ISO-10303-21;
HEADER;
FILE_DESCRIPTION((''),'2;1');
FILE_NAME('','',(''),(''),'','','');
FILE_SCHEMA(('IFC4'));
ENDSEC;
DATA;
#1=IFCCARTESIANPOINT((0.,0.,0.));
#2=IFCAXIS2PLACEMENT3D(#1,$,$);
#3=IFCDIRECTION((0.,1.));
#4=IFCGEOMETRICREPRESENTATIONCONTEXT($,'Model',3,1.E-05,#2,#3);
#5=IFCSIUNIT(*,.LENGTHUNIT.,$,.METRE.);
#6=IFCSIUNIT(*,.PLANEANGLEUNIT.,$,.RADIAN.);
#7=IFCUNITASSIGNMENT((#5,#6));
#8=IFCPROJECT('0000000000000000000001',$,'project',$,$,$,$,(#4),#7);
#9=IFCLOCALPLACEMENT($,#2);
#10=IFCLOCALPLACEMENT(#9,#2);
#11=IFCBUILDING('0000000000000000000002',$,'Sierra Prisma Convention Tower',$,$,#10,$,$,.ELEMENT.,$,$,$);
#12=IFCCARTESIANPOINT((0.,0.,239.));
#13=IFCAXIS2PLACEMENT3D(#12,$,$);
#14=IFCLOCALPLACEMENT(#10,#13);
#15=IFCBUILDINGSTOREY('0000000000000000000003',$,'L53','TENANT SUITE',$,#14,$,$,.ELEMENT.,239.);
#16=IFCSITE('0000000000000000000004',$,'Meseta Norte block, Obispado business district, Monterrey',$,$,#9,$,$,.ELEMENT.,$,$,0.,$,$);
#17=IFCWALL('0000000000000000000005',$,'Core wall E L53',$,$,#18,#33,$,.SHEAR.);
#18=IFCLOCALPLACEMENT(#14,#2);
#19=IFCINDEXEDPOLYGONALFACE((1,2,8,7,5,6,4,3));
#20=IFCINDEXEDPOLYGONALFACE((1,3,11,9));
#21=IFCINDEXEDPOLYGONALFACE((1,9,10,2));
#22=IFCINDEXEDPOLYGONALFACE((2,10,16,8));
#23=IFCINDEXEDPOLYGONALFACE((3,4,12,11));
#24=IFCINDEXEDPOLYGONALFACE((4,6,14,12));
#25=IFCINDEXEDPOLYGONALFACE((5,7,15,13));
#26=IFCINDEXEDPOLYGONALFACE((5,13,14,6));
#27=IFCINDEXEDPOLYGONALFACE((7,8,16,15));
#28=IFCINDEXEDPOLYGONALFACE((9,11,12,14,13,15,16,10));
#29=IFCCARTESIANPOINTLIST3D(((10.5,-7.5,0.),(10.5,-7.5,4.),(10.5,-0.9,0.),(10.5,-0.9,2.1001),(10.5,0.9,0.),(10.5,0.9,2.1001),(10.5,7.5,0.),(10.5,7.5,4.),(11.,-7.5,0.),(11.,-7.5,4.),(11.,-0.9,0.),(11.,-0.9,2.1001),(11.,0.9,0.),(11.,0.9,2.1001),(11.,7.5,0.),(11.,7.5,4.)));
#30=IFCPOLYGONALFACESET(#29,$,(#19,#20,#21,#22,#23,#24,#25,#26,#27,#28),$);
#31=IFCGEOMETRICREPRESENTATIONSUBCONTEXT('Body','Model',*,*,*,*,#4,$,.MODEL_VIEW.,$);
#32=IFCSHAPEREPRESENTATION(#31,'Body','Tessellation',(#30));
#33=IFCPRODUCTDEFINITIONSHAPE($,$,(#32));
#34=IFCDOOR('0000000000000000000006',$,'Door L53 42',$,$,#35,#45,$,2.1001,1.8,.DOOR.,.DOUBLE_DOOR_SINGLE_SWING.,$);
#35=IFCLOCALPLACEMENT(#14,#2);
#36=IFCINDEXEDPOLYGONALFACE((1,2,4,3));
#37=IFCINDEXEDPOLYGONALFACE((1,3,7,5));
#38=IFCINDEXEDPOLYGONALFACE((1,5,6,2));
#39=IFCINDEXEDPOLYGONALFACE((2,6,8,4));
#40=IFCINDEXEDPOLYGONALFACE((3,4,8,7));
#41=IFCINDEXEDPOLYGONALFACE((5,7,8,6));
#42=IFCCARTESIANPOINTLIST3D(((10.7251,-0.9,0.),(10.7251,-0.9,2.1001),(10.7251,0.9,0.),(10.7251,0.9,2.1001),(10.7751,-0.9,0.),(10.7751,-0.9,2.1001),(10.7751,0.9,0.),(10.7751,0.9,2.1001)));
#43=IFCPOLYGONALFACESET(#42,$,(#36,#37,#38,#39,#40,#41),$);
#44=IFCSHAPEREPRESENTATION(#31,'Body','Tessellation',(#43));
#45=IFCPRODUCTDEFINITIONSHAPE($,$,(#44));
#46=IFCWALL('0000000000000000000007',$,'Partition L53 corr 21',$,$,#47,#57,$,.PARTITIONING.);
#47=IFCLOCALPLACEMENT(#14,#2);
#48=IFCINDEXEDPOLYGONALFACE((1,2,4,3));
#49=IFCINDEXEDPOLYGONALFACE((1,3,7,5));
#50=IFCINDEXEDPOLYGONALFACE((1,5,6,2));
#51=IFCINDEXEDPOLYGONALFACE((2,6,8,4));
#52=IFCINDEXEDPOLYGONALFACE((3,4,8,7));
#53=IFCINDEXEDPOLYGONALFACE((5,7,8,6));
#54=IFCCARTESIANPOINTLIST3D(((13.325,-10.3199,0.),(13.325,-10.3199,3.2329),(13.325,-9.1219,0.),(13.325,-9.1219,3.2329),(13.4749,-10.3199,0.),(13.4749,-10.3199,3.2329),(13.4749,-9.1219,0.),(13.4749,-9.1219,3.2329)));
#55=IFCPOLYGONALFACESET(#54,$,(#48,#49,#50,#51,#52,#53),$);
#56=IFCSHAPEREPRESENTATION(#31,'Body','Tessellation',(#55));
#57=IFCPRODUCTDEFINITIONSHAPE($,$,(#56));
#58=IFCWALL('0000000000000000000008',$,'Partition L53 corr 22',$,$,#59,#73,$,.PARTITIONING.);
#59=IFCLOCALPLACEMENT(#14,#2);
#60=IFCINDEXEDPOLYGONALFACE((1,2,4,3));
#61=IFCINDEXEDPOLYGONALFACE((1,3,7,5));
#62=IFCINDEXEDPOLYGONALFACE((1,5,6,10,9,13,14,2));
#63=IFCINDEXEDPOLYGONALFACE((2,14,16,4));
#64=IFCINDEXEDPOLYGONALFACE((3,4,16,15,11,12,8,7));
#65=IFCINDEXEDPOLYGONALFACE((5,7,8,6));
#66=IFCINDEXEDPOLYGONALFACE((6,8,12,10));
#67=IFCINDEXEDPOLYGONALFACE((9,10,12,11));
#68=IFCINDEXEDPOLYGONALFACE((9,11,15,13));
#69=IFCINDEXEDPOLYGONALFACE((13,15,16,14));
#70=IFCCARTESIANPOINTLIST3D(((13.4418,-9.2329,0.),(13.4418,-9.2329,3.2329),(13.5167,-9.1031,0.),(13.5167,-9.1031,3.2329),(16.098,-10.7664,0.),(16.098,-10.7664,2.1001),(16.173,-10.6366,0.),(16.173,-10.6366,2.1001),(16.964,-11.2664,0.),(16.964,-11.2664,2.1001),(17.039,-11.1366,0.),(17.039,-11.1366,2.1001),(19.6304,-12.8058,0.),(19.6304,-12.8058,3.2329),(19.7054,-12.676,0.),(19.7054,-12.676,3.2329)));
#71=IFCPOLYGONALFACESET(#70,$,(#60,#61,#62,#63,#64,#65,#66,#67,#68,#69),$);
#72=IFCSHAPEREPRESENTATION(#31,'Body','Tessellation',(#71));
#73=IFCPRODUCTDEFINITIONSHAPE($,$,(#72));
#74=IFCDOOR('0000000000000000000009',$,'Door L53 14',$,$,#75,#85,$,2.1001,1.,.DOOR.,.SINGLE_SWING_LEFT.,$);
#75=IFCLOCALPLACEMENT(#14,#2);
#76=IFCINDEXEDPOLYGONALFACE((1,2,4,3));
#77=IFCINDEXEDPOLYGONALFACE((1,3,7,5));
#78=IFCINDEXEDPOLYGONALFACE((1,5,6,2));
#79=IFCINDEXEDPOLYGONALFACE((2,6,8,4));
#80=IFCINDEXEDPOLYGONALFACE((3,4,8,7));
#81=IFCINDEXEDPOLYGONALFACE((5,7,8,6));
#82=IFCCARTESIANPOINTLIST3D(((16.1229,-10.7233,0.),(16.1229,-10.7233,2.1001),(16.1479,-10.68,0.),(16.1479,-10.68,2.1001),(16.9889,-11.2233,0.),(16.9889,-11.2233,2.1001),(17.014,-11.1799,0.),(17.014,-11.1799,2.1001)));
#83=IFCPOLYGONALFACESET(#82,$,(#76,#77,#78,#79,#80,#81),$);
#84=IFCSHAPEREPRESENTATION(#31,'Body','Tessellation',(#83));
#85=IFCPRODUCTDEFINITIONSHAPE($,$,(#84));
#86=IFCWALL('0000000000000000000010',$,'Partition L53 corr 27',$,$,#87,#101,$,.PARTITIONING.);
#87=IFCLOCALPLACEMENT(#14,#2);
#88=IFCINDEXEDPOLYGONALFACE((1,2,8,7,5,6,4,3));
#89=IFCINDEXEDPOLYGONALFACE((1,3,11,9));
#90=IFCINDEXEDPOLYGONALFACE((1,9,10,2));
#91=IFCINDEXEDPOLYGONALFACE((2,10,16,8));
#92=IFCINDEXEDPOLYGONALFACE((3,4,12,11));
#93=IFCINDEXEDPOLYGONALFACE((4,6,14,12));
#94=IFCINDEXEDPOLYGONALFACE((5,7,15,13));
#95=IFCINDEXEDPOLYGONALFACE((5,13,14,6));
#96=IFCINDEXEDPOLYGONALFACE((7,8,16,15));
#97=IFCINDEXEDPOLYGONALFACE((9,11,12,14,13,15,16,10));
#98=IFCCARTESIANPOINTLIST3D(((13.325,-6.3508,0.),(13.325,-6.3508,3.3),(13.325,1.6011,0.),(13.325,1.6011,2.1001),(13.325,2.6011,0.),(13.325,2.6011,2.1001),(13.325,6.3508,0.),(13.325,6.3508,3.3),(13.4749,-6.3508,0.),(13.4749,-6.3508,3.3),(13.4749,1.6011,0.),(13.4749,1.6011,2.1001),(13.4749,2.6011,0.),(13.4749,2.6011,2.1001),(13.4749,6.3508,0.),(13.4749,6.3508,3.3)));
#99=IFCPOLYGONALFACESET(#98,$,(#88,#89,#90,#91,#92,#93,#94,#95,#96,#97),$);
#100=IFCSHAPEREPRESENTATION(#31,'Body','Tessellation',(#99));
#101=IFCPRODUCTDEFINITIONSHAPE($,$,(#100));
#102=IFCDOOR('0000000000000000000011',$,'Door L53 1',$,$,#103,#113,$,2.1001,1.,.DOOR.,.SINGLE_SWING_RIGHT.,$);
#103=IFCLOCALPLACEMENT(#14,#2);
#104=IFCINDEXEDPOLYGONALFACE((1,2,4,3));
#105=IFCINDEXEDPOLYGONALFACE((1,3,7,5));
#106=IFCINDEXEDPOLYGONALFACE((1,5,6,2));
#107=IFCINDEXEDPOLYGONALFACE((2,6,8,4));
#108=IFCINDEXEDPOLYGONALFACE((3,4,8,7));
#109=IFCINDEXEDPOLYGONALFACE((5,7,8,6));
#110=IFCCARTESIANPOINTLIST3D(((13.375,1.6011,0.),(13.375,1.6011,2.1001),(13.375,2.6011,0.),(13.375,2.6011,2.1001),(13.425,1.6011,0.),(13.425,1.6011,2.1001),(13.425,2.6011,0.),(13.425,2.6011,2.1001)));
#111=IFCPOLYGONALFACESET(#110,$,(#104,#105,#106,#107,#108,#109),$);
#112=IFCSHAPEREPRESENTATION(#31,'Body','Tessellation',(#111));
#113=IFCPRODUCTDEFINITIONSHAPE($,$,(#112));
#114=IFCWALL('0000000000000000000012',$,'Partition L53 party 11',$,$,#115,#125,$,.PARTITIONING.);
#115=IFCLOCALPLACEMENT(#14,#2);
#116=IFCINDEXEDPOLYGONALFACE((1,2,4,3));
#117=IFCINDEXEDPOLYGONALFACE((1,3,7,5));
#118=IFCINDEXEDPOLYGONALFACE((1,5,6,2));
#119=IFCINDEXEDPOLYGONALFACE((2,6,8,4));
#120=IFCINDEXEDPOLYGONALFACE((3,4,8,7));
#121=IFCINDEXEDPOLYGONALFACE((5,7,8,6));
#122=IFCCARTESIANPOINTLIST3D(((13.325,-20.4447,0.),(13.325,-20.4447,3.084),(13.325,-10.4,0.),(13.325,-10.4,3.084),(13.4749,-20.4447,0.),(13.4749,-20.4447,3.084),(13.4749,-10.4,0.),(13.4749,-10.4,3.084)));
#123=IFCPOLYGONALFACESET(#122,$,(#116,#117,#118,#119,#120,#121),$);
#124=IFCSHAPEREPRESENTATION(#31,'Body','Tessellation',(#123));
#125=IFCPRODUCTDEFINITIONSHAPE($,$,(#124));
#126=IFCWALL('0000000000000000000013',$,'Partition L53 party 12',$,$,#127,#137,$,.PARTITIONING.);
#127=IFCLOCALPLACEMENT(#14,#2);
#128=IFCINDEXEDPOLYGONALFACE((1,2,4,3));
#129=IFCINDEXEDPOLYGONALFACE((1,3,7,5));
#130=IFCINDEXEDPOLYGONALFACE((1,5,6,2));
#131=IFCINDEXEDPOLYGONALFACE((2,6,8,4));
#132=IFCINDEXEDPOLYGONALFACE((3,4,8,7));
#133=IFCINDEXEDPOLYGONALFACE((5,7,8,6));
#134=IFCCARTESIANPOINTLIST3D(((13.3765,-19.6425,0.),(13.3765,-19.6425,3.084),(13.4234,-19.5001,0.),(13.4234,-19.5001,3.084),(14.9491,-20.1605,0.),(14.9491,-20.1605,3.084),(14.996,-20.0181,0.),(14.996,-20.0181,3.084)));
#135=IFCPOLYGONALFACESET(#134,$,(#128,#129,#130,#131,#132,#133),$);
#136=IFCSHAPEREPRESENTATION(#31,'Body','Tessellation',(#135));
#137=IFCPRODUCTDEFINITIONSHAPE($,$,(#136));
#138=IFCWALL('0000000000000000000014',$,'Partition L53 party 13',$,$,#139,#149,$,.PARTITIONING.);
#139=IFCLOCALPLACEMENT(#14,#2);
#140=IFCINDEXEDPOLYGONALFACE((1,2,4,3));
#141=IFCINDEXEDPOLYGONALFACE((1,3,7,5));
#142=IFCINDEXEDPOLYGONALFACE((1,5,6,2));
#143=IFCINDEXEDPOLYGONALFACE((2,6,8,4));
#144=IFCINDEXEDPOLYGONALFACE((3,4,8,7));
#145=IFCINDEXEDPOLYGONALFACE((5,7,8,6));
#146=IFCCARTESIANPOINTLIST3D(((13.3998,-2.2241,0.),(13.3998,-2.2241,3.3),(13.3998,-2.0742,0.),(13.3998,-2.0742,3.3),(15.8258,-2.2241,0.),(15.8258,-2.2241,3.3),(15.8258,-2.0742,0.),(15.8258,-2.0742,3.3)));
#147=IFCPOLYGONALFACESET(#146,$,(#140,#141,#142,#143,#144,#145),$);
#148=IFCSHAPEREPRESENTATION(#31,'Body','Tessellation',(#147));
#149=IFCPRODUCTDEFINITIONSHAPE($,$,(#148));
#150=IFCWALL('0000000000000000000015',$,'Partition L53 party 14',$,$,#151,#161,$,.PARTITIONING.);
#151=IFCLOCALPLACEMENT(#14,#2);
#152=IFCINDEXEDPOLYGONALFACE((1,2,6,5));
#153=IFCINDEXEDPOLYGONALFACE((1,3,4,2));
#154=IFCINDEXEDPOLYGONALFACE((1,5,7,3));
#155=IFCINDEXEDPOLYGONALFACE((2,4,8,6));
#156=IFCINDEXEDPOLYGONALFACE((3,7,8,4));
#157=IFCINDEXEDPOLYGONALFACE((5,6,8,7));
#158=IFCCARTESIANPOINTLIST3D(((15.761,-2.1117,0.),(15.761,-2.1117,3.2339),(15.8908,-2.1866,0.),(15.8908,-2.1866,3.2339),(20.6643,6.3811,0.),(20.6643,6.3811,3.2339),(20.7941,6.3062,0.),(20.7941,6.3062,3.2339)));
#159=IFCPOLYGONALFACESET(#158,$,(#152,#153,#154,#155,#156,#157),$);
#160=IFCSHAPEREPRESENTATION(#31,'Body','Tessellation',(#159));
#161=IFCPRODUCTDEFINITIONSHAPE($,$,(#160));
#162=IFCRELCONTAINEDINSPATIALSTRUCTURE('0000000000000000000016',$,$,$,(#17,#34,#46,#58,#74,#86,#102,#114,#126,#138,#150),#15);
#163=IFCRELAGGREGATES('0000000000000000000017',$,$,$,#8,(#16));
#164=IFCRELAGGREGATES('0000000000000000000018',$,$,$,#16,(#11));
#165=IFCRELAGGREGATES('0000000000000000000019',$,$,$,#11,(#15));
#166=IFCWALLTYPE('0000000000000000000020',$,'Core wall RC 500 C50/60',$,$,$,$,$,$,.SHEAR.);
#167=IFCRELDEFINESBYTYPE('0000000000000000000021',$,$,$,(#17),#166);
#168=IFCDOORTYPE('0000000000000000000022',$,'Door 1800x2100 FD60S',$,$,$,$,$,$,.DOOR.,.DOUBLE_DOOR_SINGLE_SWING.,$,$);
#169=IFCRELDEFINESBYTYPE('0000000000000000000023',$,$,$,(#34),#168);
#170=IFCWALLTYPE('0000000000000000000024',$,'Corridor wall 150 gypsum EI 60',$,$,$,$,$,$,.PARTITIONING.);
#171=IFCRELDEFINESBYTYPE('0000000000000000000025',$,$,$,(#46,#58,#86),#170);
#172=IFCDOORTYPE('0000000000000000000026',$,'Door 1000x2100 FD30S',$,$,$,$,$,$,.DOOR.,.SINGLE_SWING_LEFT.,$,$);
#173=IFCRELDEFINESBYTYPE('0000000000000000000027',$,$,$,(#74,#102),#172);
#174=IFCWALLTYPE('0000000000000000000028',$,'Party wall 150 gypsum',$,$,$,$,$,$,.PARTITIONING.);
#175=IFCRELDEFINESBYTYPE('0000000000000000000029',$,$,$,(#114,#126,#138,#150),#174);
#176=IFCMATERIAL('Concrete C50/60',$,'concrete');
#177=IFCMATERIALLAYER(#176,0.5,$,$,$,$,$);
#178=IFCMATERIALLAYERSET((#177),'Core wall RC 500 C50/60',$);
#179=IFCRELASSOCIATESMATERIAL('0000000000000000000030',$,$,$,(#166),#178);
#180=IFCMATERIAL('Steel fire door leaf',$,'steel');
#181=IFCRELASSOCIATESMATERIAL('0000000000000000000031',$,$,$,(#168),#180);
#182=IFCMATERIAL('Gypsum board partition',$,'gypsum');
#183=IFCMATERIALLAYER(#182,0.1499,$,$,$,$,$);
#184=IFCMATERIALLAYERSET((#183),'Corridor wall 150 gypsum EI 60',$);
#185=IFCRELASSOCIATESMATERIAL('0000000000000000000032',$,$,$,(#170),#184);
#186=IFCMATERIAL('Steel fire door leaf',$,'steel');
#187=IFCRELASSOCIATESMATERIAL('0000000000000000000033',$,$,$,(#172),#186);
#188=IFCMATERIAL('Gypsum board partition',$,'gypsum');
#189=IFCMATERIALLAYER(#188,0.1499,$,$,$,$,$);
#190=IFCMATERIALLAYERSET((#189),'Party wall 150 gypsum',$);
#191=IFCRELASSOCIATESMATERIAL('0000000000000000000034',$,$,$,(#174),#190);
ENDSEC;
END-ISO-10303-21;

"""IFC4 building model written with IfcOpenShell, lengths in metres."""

from ifc_helpers import new_model, si_unit, direction, frame, frame_2d, origin, place, context, subcontext, project, spatial, rectangle, extrude, material, layer, layer_set, type_object, element, fill, save


model = new_model("IFC4")

# Units and contexts
model_context = context("Model", 3, precision=1e-05, world=origin(), true_north=direction((0.0, 1.0)))
body_context = subcontext(model_context, "Body", "Model", "MODEL_VIEW")
ifc_project = project(units=[si_unit("LENGTHUNIT", "METRE"), si_unit("PLANEANGLEUNIT", "RADIAN")], contexts=[model_context])

# Site, building, storey
site_placement = place(None, origin())
site = spatial("IfcSite", under=ifc_project, at=site_placement, Name="Meseta Norte block, Obispado business district, Monterrey", CompositionType="ELEMENT", RefElevation=0.0)
building_placement = place(site_placement, origin())
building = spatial("IfcBuilding", under=site, at=building_placement, Name="Sierra Prisma Convention Tower", CompositionType="ELEMENT")
storey_placement = place(building_placement, frame((0.0, 0.0, 239.0)))
storey = spatial("IfcBuildingStorey", under=building, at=storey_placement, Name="L53", Description="TENANT SUITE", CompositionType="ELEMENT", Elevation=239.0)

# Wall, opening, door
ifc_material_1 = material(Name="Concrete C50/60", Category="concrete")
ifc_layer_1 = layer(ifc_material_1, 0.5)
ifc_layer_set_1 = layer_set([ifc_layer_1], Name="Core wall RC 500 C50/60")
wall_type_1 = type_object("IfcWallType", Name="Core wall RC 500 C50/60", PredefinedType="SHEAR", material=ifc_layer_set_1)
wall_1_placement = place(storey_placement, frame((10.75, -7.5, 0.0), z_axis=(0.0, 0.0, 1.0), x_axis=(0.0, 1.0, 0.0)))
wall_1 = element("IfcWall", 1, at=wall_1_placement, inside=storey, type_object=wall_type_1, Name="Core wall E L53", PredefinedType="SHEAR", context=body_context, shape_type="SweptSolid", body=[
    extrude(rectangle(XDim=15.0, YDim=0.5, at=frame_2d((7.5, 0.0))), origin(), (0.0, 0.0, 1.0), 4.0),
])
opening_1_placement = place(wall_1_placement, frame((6.6001, 0.0, 0.0)))
opening_1 = element("IfcOpeningElement", 2, at=opening_1_placement, cuts=wall_1, PredefinedType="OPENING", context=body_context, shape_type="SweptSolid", body=[
    extrude(rectangle(XDim=1.8, YDim=2.1001, at=frame_2d((0.8999, 1.05))), frame((0.0, 0.25, 0.0), z_axis=(0.0, -1.0, 0.0), x_axis=(1.0, 0.0, 0.0)), (0.0, 0.0, 1.0), 0.5),
])
ifc_material_2 = material(Name="Steel fire door leaf", Category="steel")
door_type_1 = type_object("IfcDoorType", Name="Door 1800x2100 FD60S", OperationType="DOUBLE_DOOR_SINGLE_SWING", PredefinedType="DOOR", material=ifc_material_2)
door_1_placement = place(opening_1_placement, origin())
door_1 = element("IfcDoor", 3, at=door_1_placement, inside=storey, type_object=door_type_1, Name="Door L53 42", OperationType="DOUBLE_DOOR_SINGLE_SWING", OverallHeight=2.1001, OverallWidth=1.8, PredefinedType="DOOR", context=body_context, shape_type="SweptSolid", body=[
    extrude(rectangle(XDim=1.8, YDim=2.1001, at=frame_2d((0.8999, 1.05))), frame((0.0, 0.0249, 0.0), z_axis=(0.0, -1.0, 0.0), x_axis=(1.0, 0.0, 0.0)), (0.0, 0.0, 1.0), 0.05),
])
fill(opening_1, door_1)

# Wall
ifc_material_3 = material(Name="Gypsum board partition", Category="gypsum")
ifc_layer_2 = layer(ifc_material_3, 0.1499)
ifc_layer_set_2 = layer_set([ifc_layer_2], Name="Corridor wall 150 gypsum EI 60")
wall_type_2 = type_object("IfcWallType", Name="Corridor wall 150 gypsum EI 60", PredefinedType="PARTITIONING", material=ifc_layer_set_2)
wall_2_placement = place(storey_placement, frame((13.3999, -10.3201, 0.0), z_axis=(0.0, 0.0, 1.0), x_axis=(0.0, 1.0, 0.0)))
element("IfcWall", 4, at=wall_2_placement, inside=storey, type_object=wall_type_2, Name="Partition L53 corr 21", PredefinedType="PARTITIONING", context=body_context, shape_type="SweptSolid", body=[
    extrude(rectangle(XDim=1.198, YDim=0.1499, at=frame_2d((0.5991, 0.0))), origin(), (0.0, 0.0, 1.0), 3.2329),
])

# Walls, openings, doors
wall_3_placement = place(storey_placement, frame((13.4792, -9.168, 0.0), z_axis=(0.0, 0.0, 1.0), x_axis=(0.866029, -0.499994, 0.0)))
wall_3 = element("IfcWall", 5, at=wall_3_placement, inside=storey, type_object=wall_type_2, Name="Partition L53 corr 22", PredefinedType="PARTITIONING", context=body_context, shape_type="SweptSolid", body=[
    extrude(rectangle(XDim=7.146, YDim=0.1499, at=frame_2d((3.573, 0.0))), origin(), (0.0, 0.0, 1.0), 3.2329),
])
opening_2_placement = place(wall_3_placement, frame((3.0671, 0.0, 0.0)))
opening_2 = element("IfcOpeningElement", 6, at=opening_2_placement, cuts=wall_3, PredefinedType="OPENING", context=body_context, shape_type="SweptSolid", body=[
    extrude(rectangle(XDim=1.0, YDim=2.1001, at=frame_2d((0.5, 1.05))), frame((0.0, 0.075, 0.0), z_axis=(0.0, -1.0, 0.0), x_axis=(1.0, 0.0, 0.0)), (0.0, 0.0, 1.0), 0.1499),
])
ifc_material_4 = material(Name="Steel fire door leaf", Category="steel")
door_type_2 = type_object("IfcDoorType", Name="Door 1000x2100 FD30S", OperationType="SINGLE_SWING_LEFT", PredefinedType="DOOR", material=ifc_material_4)
door_2_placement = place(opening_2_placement, origin())
door_2 = element("IfcDoor", 7, at=door_2_placement, inside=storey, type_object=door_type_2, Name="Door L53 14", OperationType="SINGLE_SWING_LEFT", OverallHeight=2.1001, OverallWidth=1.0, PredefinedType="DOOR", context=body_context, shape_type="SweptSolid", body=[
    extrude(rectangle(XDim=1.0, YDim=2.1001, at=frame_2d((0.5, 1.05))), frame((0.0, 0.0249, 0.0), z_axis=(0.0, -1.0, 0.0), x_axis=(1.0, 0.0, 0.0)), (0.0, 0.0, 1.0), 0.05),
])
fill(opening_2, door_2)
wall_4_placement = place(storey_placement, frame((13.3999, -6.3508, 0.0), z_axis=(0.0, 0.0, 1.0), x_axis=(0.0, 1.0, 0.0)))
wall_4 = element("IfcWall", 8, at=wall_4_placement, inside=storey, type_object=wall_type_2, Name="Partition L53 corr 27", PredefinedType="PARTITIONING", context=body_context, shape_type="SweptSolid", body=[
    extrude(rectangle(XDim=12.7017, YDim=0.1499, at=frame_2d((6.3508, 0.0))), origin(), (0.0, 0.0, 1.0), 3.3),
])
opening_3_placement = place(wall_4_placement, frame((7.9519, 0.0, 0.0)))
opening_3 = element("IfcOpeningElement", 9, at=opening_3_placement, cuts=wall_4, PredefinedType="OPENING", context=body_context, shape_type="SweptSolid", body=[
    extrude(rectangle(XDim=1.0, YDim=2.1001, at=frame_2d((0.5, 1.05))), frame((0.0, 0.075, 0.0), z_axis=(0.0, -1.0, 0.0), x_axis=(1.0, 0.0, 0.0)), (0.0, 0.0, 1.0), 0.1499),
])
door_3_placement = place(opening_3_placement, origin())
door_3 = element("IfcDoor", 10, at=door_3_placement, inside=storey, type_object=door_type_2, Name="Door L53 1", OperationType="SINGLE_SWING_RIGHT", OverallHeight=2.1001, OverallWidth=1.0, PredefinedType="DOOR", context=body_context, shape_type="SweptSolid", body=[
    extrude(rectangle(XDim=1.0, YDim=2.1001, at=frame_2d((0.5, 1.05))), frame((0.0, 0.0249, 0.0), z_axis=(0.0, -1.0, 0.0), x_axis=(1.0, 0.0, 0.0)), (0.0, 0.0, 1.0), 0.05),
])
fill(opening_3, door_3)

# Walls
ifc_material_5 = material(Name="Gypsum board partition", Category="gypsum")
ifc_layer_3 = layer(ifc_material_5, 0.1499)
ifc_layer_set_3 = layer_set([ifc_layer_3], Name="Party wall 150 gypsum")
wall_type_3 = type_object("IfcWallType", Name="Party wall 150 gypsum", PredefinedType="PARTITIONING", material=ifc_layer_set_3)
wall_5_placement = place(storey_placement, frame((13.3999, -10.3999, 0.0), z_axis=(0.0, 0.0, 1.0), x_axis=(0.0, -1.0, 0.0)))
element("IfcWall", 11, at=wall_5_placement, inside=storey, type_object=wall_type_3, Name="Partition L53 party 11", PredefinedType="PARTITIONING", context=body_context, shape_type="SweptSolid", body=[
    extrude(rectangle(XDim=10.0447, YDim=0.1499, at=frame_2d((5.0225, 0.0))), origin(), (0.0, 0.0, 1.0), 3.084),
])
wall_6_placement = place(storey_placement, frame((13.3999, -19.5713, 0.0), z_axis=(0.0, 0.0, 1.0), x_axis=(0.949798, -0.312864, 0.0)))
element("IfcWall", 12, at=wall_6_placement, inside=storey, type_object=wall_type_3, Name="Partition L53 party 12", PredefinedType="PARTITIONING", context=body_context, shape_type="SweptSolid", body=[
    extrude(rectangle(XDim=1.6558, YDim=0.1499, at=frame_2d((0.8279, 0.0))), origin(), (0.0, 0.0, 1.0), 3.084),
])
wall_7_placement = place(storey_placement, frame((13.3999, -2.1492, 0.0), z_axis=(0.0, 0.0, 1.0), x_axis=(1.0, 0.0, 0.0)))
element("IfcWall", 13, at=wall_7_placement, inside=storey, type_object=wall_type_3, Name="Partition L53 party 13", PredefinedType="PARTITIONING", context=body_context, shape_type="SweptSolid", body=[
    extrude(rectangle(XDim=2.426, YDim=0.1499, at=frame_2d((1.2129, 0.0))), origin(), (0.0, 0.0, 1.0), 3.3),
])
wall_8_placement = place(storey_placement, frame((15.8259, -2.1492, 0.0), z_axis=(0.0, 0.0, 1.0), x_axis=(0.499995, 0.866028, 0.0)))
element("IfcWall", 14, at=wall_8_placement, inside=storey, type_object=wall_type_3, Name="Partition L53 party 14", PredefinedType="PARTITIONING", context=body_context, shape_type="SweptSolid", body=[
    extrude(rectangle(XDim=9.8066, YDim=0.1499, at=frame_2d((4.9033, 0.0))), origin(), (0.0, 0.0, 1.0), 3.2339),
])

save(model, "model.ifc")
